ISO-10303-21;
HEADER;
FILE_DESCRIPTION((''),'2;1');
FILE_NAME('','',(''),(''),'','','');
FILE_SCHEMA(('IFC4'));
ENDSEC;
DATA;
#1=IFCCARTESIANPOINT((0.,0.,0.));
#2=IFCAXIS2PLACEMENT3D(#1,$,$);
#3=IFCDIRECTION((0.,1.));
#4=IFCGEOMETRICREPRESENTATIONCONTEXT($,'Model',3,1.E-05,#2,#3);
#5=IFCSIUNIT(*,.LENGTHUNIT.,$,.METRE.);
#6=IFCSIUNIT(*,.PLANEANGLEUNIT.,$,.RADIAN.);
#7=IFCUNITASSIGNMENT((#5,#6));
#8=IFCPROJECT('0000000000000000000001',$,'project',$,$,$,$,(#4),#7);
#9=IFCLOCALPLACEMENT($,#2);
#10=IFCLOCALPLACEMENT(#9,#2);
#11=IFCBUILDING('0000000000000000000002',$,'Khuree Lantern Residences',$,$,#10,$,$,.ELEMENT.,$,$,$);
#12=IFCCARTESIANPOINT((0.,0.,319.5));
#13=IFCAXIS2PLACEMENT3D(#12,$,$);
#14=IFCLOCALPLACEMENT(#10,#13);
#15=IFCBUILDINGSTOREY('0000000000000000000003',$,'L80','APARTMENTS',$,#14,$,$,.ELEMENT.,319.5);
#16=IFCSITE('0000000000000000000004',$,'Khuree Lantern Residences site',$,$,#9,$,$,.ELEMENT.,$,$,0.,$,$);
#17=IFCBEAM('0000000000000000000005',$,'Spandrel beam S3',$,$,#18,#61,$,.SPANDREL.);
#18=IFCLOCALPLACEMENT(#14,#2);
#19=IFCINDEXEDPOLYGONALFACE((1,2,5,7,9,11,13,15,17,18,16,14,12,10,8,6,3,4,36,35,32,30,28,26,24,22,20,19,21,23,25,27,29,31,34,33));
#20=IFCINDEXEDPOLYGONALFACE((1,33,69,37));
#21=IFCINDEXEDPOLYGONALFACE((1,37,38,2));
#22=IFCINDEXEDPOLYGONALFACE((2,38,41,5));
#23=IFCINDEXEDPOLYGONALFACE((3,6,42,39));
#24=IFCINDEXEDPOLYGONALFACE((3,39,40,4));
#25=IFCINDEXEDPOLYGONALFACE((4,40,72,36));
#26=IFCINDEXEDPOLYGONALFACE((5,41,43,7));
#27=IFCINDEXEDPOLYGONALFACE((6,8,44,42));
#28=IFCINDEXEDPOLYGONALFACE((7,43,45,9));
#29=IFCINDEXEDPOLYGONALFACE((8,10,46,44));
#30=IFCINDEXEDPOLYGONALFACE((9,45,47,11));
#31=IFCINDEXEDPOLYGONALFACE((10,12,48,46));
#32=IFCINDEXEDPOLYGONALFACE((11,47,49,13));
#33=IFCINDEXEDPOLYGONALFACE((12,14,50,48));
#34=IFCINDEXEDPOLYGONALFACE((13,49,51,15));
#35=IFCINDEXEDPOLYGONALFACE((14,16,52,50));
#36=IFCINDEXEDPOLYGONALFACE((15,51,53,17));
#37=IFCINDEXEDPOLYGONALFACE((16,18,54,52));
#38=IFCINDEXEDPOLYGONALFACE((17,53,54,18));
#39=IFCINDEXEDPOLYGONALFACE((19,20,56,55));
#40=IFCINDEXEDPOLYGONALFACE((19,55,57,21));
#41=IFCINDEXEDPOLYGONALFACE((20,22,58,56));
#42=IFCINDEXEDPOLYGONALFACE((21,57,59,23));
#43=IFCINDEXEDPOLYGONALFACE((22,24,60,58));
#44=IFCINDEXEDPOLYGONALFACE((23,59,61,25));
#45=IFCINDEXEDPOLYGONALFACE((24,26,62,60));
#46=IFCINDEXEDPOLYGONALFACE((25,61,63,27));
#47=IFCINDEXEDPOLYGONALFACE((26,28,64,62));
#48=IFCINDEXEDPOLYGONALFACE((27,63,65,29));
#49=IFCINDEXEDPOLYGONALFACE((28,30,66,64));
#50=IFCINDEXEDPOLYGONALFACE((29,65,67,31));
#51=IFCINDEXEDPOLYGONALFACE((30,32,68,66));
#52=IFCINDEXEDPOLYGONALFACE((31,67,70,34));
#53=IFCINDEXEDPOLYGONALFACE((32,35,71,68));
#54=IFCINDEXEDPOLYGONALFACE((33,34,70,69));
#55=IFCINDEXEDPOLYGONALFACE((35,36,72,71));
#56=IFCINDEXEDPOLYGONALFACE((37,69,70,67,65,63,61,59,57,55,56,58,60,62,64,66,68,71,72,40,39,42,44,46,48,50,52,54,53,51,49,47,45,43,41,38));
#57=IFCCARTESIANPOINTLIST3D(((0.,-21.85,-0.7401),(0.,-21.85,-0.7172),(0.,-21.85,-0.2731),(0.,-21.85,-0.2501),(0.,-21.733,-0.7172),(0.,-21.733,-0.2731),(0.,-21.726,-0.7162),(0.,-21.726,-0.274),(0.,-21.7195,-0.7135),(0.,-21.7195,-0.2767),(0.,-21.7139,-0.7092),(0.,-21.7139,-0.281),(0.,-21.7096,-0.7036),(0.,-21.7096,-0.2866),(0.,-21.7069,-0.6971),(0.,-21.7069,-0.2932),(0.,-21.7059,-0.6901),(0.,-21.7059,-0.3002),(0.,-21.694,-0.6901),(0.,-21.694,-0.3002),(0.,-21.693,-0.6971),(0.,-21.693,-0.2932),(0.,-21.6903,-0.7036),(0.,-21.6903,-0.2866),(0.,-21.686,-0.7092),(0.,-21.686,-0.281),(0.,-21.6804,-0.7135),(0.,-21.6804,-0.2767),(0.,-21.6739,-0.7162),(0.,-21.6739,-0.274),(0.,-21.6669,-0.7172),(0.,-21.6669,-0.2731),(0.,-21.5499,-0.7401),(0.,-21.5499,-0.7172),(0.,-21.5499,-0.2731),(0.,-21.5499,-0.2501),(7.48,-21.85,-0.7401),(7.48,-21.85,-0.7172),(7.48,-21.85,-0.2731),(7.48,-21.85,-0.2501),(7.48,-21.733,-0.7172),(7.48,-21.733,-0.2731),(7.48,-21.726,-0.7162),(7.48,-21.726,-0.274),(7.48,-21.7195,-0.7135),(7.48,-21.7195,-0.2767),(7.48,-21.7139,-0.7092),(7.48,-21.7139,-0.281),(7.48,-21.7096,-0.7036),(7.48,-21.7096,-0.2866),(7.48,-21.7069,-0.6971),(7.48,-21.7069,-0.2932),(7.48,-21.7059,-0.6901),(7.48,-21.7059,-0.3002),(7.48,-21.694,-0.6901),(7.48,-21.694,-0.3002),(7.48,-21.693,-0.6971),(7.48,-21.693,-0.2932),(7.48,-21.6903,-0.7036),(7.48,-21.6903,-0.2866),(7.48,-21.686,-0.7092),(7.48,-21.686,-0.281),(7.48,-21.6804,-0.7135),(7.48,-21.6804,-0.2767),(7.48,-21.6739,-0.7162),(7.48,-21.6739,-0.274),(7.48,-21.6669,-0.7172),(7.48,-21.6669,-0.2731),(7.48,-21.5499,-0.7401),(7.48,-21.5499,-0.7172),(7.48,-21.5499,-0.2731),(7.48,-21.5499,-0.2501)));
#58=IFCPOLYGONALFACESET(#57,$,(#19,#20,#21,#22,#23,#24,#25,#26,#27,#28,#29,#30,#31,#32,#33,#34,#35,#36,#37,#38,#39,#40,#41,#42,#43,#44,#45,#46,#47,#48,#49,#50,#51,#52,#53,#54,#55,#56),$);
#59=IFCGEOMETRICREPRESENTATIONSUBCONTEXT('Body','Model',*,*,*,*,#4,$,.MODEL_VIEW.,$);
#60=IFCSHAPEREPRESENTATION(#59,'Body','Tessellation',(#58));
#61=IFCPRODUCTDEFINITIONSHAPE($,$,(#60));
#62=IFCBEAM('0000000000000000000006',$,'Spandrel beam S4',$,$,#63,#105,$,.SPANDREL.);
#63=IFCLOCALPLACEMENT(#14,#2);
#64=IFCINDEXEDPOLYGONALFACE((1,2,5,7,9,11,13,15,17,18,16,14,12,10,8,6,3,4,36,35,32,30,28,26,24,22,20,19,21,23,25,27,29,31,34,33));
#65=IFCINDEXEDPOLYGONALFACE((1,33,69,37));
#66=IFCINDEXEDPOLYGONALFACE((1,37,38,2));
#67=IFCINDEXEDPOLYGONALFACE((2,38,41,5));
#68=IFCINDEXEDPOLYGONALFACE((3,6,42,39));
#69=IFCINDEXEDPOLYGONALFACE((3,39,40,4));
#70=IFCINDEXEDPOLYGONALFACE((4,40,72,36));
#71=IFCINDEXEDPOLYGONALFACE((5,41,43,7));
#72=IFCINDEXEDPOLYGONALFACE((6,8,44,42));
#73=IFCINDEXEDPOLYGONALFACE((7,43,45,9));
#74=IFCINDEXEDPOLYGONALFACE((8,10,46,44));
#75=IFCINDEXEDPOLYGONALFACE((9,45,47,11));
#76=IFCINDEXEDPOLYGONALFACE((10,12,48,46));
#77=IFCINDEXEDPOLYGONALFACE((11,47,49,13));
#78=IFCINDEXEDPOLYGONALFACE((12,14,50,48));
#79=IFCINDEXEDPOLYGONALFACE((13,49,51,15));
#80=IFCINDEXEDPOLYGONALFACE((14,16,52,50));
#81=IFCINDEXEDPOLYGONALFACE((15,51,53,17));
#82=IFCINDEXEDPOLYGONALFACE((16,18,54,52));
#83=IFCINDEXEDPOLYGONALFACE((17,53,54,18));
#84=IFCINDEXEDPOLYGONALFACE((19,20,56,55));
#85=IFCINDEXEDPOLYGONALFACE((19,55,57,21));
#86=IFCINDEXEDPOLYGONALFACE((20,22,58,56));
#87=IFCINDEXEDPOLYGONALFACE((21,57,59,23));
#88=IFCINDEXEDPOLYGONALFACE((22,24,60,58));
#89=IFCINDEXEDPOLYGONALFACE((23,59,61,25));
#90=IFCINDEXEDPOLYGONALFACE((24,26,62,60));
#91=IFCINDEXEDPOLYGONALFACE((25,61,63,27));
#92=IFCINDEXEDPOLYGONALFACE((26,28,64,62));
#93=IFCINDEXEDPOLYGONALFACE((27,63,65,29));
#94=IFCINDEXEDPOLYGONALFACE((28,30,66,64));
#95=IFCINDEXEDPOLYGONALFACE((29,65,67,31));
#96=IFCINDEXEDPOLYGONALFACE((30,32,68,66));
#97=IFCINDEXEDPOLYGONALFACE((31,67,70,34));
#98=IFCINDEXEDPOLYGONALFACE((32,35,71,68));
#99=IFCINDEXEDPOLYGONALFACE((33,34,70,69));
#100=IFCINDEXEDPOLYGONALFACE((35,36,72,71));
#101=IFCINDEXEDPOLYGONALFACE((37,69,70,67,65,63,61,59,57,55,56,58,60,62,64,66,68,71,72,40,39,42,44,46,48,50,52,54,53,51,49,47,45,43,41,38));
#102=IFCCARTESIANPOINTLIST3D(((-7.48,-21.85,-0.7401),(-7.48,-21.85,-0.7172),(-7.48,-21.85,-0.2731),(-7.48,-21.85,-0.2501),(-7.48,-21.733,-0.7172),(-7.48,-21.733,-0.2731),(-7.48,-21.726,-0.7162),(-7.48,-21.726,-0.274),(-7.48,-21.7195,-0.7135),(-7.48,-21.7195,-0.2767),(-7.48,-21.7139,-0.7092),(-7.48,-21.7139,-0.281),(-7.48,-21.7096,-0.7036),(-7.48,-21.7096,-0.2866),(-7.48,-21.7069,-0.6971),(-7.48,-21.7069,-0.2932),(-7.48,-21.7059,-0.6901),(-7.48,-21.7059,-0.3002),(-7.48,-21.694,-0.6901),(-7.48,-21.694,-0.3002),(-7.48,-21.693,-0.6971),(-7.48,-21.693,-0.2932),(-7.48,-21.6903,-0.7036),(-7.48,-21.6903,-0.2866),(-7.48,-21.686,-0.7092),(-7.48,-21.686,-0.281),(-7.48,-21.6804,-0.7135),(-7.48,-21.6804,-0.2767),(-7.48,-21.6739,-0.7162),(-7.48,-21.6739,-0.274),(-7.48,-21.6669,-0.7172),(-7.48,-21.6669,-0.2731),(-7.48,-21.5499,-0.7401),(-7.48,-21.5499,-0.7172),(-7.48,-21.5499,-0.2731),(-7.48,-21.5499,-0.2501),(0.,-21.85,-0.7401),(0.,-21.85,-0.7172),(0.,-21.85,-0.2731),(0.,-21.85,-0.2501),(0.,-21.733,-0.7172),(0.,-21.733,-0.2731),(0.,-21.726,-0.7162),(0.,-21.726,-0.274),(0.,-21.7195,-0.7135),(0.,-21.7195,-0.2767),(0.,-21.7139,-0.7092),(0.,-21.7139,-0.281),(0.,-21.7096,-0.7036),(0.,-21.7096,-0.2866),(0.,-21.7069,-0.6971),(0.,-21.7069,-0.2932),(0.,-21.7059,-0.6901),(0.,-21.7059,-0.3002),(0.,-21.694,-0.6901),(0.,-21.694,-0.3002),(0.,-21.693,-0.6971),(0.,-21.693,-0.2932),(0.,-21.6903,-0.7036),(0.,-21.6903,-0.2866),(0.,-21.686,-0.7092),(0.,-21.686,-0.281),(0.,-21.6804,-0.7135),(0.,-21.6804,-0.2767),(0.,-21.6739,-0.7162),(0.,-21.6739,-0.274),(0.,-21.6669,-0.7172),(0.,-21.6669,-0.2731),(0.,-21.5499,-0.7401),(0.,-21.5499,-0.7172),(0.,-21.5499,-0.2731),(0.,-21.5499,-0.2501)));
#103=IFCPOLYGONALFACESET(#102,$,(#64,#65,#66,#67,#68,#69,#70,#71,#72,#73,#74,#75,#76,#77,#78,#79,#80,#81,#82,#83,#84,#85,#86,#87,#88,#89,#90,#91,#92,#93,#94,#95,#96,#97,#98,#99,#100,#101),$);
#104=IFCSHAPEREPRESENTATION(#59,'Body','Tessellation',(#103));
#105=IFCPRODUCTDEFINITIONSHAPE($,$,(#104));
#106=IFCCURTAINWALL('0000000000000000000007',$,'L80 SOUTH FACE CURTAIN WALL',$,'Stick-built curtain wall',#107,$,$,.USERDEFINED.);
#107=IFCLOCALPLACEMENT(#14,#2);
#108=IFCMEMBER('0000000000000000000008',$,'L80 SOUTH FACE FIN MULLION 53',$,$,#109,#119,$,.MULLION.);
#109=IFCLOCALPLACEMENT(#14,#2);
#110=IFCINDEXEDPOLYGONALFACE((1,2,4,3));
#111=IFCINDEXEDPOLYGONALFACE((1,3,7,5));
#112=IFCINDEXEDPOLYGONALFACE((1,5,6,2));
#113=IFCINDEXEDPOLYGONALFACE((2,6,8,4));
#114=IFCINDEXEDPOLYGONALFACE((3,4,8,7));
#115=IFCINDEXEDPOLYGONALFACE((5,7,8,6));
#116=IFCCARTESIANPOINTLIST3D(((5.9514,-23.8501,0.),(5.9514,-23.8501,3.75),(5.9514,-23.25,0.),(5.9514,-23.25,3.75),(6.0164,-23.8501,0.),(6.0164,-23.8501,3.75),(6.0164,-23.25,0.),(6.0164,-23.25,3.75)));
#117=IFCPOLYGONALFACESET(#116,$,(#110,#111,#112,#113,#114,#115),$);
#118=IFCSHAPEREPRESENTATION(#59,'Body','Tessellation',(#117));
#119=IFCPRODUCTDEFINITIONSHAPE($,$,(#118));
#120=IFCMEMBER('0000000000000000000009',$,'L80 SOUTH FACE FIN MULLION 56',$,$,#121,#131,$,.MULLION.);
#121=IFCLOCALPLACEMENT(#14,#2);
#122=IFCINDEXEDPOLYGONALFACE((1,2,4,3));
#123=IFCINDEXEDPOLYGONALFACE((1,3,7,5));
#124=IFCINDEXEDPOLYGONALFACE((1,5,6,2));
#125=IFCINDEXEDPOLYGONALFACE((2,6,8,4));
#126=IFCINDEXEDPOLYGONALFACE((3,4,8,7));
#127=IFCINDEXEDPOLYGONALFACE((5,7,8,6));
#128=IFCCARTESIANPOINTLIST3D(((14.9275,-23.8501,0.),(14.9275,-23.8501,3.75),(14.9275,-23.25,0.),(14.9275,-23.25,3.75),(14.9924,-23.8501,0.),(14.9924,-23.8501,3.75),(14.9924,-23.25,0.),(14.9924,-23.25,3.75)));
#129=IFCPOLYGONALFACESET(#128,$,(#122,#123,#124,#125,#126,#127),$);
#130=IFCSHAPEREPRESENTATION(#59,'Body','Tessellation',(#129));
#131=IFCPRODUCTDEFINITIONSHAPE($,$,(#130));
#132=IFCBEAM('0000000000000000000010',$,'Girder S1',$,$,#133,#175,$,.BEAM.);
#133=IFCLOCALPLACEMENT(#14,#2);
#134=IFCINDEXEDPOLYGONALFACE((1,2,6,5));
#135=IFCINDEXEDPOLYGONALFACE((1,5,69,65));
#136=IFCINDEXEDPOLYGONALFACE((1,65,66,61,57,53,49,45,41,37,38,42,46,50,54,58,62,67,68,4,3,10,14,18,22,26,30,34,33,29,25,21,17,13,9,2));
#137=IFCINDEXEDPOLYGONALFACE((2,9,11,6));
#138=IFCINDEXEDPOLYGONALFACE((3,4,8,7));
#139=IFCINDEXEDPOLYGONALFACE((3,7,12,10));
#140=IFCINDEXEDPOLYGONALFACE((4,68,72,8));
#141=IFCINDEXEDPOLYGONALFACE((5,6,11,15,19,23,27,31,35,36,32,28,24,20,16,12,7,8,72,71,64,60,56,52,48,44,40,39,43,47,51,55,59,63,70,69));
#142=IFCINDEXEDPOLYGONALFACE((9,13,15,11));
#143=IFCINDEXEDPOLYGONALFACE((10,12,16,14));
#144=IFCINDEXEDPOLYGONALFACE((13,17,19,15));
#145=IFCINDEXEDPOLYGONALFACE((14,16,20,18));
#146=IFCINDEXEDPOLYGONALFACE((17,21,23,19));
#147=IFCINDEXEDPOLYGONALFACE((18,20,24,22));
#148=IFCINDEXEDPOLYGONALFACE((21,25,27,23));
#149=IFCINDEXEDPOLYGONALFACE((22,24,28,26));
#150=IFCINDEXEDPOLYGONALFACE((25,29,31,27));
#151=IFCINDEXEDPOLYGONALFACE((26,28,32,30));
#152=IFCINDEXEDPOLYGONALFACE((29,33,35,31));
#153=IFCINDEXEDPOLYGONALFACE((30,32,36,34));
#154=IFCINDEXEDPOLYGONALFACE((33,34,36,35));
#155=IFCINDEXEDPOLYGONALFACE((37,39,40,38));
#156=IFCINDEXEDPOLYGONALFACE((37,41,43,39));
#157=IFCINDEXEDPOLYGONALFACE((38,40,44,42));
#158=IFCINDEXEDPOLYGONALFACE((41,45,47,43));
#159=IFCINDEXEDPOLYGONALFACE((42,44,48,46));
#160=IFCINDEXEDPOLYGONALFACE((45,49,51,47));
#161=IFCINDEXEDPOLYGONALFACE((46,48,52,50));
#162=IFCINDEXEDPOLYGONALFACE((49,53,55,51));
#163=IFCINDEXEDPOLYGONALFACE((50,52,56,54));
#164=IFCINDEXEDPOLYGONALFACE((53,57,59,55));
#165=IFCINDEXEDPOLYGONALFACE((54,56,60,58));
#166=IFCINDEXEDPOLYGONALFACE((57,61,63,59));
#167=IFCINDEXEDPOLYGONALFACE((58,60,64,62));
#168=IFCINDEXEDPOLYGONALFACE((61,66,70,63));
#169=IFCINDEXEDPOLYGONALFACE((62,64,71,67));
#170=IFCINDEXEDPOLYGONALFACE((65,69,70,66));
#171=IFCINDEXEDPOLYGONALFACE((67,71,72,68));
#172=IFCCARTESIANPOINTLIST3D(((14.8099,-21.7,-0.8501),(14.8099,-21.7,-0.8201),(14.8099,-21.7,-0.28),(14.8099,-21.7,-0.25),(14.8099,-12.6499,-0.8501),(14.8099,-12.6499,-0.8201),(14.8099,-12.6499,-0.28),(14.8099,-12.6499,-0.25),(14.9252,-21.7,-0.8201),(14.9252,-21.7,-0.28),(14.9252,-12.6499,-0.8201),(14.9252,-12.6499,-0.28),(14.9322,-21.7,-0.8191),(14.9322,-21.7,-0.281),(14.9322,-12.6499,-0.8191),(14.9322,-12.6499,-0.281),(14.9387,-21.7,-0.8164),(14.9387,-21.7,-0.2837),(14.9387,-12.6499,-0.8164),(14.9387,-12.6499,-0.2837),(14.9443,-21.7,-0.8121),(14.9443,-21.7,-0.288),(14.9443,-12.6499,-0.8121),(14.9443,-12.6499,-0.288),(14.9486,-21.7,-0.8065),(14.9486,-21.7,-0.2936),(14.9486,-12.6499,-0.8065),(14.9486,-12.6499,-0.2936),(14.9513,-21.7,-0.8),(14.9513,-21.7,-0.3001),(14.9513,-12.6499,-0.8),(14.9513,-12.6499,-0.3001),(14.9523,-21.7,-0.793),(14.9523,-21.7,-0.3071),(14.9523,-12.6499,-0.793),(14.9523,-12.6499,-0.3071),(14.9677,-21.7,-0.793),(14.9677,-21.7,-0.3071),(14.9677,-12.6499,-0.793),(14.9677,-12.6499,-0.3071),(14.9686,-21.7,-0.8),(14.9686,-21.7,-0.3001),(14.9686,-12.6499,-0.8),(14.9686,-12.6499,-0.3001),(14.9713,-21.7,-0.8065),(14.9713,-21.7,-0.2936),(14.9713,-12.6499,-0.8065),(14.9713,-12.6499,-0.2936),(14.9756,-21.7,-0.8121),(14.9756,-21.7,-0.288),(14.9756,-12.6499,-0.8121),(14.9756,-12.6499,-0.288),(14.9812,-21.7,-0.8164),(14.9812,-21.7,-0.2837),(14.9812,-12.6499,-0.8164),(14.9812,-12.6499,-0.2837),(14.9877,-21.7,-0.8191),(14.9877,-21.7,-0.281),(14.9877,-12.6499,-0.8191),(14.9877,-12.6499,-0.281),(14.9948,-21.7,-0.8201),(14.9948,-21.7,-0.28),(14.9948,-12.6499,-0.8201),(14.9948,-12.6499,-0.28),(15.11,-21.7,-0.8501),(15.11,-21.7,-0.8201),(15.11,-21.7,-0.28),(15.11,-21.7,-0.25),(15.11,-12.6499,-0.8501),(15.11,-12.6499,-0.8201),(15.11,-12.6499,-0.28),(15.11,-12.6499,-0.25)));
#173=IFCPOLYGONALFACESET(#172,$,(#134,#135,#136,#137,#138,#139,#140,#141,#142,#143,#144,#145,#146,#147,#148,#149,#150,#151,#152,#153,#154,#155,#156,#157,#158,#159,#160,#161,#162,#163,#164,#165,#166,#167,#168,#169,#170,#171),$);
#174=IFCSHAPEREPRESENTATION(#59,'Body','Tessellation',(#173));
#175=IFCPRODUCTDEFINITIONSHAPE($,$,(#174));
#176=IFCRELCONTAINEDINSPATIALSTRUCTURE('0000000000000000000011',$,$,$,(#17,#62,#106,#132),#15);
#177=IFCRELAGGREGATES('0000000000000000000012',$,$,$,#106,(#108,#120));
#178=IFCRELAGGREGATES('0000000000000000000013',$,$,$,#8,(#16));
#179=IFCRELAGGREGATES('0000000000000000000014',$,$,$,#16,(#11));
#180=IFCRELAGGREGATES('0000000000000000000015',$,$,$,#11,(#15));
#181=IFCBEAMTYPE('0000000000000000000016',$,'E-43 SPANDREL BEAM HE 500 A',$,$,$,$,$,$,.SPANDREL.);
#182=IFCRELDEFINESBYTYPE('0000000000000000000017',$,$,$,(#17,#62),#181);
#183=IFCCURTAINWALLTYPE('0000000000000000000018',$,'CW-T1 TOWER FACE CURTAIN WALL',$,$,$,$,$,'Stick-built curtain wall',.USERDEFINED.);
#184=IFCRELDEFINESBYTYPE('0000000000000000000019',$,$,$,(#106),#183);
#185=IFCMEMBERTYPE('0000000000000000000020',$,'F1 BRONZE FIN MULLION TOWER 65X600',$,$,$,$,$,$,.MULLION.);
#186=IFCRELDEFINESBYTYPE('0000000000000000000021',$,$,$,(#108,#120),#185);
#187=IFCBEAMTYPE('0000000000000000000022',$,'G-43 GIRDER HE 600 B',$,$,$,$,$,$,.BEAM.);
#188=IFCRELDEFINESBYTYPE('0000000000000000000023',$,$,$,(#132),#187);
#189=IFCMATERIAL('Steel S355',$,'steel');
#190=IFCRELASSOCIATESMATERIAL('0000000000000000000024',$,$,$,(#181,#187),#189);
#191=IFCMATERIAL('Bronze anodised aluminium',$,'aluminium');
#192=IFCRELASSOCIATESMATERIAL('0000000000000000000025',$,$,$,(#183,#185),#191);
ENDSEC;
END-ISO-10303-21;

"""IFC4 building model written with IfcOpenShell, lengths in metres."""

from ifc_helpers import new_model, si_unit, direction, frame, origin, origin_2d, place, context, subcontext, project, spatial, rectangle, i_section, extrude, material, material_profile, profile_set, type_object, element, aggregate, save


model = new_model("IFC4")

# Units and contexts
model_context = context("Model", 3, precision=1e-05, world=origin(), true_north=direction((0.0, 1.0)))
body_context = subcontext(model_context, "Body", "Model", "MODEL_VIEW")
ifc_project = project(units=[si_unit("LENGTHUNIT", "METRE"), si_unit("PLANEANGLEUNIT", "RADIAN")], contexts=[model_context])

# Site, building, storey
site_placement = place(None, origin())
site = spatial("IfcSite", under=ifc_project, at=site_placement, Name="Khuree Lantern Residences site", CompositionType="ELEMENT", RefElevation=0.0)
building_placement = place(site_placement, origin())
building = spatial("IfcBuilding", under=site, at=building_placement, Name="Khuree Lantern Residences", CompositionType="ELEMENT")
storey_placement = place(building_placement, frame((0.0, 0.0, 319.5)))
storey = spatial("IfcBuildingStorey", under=building, at=storey_placement, Name="L80", Description="APARTMENTS", CompositionType="ELEMENT", Elevation=319.5)

# Beams
ifc_material_1 = material(Name="Steel S355", Category="steel")
ifc_material_profile_1 = material_profile(ifc_material_1, i_section(OverallWidth=0.3, OverallDepth=0.49, WebThickness=0.012, FlangeThickness=0.0229, FilletRadius=0.0271, at=origin_2d()), Name="HE 500 A")
ifc_profile_set_1 = profile_set([ifc_material_profile_1], Name="Steel S355")
beam_type_1 = type_object("IfcBeamType", Name="E-43 SPANDREL BEAM HE 500 A", PredefinedType="SPANDREL", material=ifc_profile_set_1)
for number, where, z_axis, x_axis, name in (
    (1, (7.48, -21.7, -0.4951), (-1.0, 0.0, 0.0), (0.0, -1.0, 0.0), "Spandrel beam S3"),
    (2, (0.0, -21.7, -0.4951), (-1.0, 0.0, 0.0), (0.0, -1.0, 0.0), "Spandrel beam S4"),
):
    element("IfcBeam", number, at=place(storey_placement, frame(where, z_axis=z_axis, x_axis=x_axis)), inside=storey, type_object=beam_type_1, Name=name, PredefinedType="SPANDREL", context=body_context, shape_type="SweptSolid", body=[
        extrude(i_section(OverallWidth=0.3, OverallDepth=0.49, WebThickness=0.012, FlangeThickness=0.0229, FilletRadius=0.0271, at=origin_2d()), origin(), (0.0, 0.0, 1.0), 7.48),
    ])

# Curtain wall, members
ifc_material_2 = material(Name="Bronze anodised aluminium", Category="aluminium")
curtain_wall_type = type_object("IfcCurtainWallType", Name="CW-T1 TOWER FACE CURTAIN WALL", ElementType="Stick-built curtain wall", PredefinedType="USERDEFINED", material=ifc_material_2)
curtain_wall_placement = place(storey_placement, origin())
curtain_wall = element("IfcCurtainWall", 3, at=curtain_wall_placement, inside=storey, type_object=curtain_wall_type, Name="L80 SOUTH FACE CURTAIN WALL", ObjectType="Stick-built curtain wall", PredefinedType="USERDEFINED")
ifc_material_profile_2 = material_profile(ifc_material_2, rectangle(XDim=0.0649, YDim=0.6001, at=origin_2d()), Name="F1 65X600")
ifc_profile_set_2 = profile_set([ifc_material_profile_2], Name="Bronze anodised aluminium")
member_type_1 = type_object("IfcMemberType", Name="F1 BRONZE FIN MULLION TOWER 65X600", PredefinedType="MULLION", material=ifc_profile_set_2)
member_1_placement = place(storey_placement, frame((5.9839, -23.55, 0.0), z_axis=(0.0, 0.0, 1.0), x_axis=(1.0, 0.0, 0.0)))
member_1 = element("IfcMember", 4, at=member_1_placement, type_object=member_type_1, Name="L80 SOUTH FACE FIN MULLION 53", PredefinedType="MULLION", context=body_context, shape_type="SweptSolid", body=[
    extrude(rectangle(XDim=0.0649, YDim=0.6001, at=origin_2d()), origin(), (0.0, 0.0, 1.0), 3.75),
])
member_2_placement = place(storey_placement, frame((14.96, -23.55, 0.0), z_axis=(0.0, 0.0, 1.0), x_axis=(1.0, 0.0, 0.0)))
member_2 = element("IfcMember", 5, at=member_2_placement, type_object=member_type_1, Name="L80 SOUTH FACE FIN MULLION 56", PredefinedType="MULLION", context=body_context, shape_type="SweptSolid", body=[
    extrude(rectangle(XDim=0.0649, YDim=0.6001, at=origin_2d()), origin(), (0.0, 0.0, 1.0), 3.75),
])

# Beam
ifc_material_profile_3 = material_profile(ifc_material_1, i_section(OverallWidth=0.3, OverallDepth=0.6001, WebThickness=0.0154, FlangeThickness=0.03, FilletRadius=0.0271, at=origin_2d()), Name="HE 600 B")
ifc_profile_set_3 = profile_set([ifc_material_profile_3], Name="Steel S355")
beam_type_2 = type_object("IfcBeamType", Name="G-43 GIRDER HE 600 B", PredefinedType="BEAM", material=ifc_profile_set_3)
for number, where, z_axis, x_axis, name in (
    (6, (14.96, -21.7, -0.55), (0.0, 1.0, 0.0), (-1.0, 0.0, 0.0), "Girder S1"),
):
    element("IfcBeam", number, at=place(storey_placement, frame(where, z_axis=z_axis, x_axis=x_axis)), inside=storey, type_object=beam_type_2, Name=name, PredefinedType="BEAM", context=body_context, shape_type="SweptSolid", body=[
        extrude(i_section(OverallWidth=0.3, OverallDepth=0.6001, WebThickness=0.0154, FlangeThickness=0.03, FilletRadius=0.0271, at=origin_2d()), origin(), (0.0, 0.0, 1.0), 9.05),
    ])

aggregate(curtain_wall, [member_1, member_2])

save(model, "model.ifc")
